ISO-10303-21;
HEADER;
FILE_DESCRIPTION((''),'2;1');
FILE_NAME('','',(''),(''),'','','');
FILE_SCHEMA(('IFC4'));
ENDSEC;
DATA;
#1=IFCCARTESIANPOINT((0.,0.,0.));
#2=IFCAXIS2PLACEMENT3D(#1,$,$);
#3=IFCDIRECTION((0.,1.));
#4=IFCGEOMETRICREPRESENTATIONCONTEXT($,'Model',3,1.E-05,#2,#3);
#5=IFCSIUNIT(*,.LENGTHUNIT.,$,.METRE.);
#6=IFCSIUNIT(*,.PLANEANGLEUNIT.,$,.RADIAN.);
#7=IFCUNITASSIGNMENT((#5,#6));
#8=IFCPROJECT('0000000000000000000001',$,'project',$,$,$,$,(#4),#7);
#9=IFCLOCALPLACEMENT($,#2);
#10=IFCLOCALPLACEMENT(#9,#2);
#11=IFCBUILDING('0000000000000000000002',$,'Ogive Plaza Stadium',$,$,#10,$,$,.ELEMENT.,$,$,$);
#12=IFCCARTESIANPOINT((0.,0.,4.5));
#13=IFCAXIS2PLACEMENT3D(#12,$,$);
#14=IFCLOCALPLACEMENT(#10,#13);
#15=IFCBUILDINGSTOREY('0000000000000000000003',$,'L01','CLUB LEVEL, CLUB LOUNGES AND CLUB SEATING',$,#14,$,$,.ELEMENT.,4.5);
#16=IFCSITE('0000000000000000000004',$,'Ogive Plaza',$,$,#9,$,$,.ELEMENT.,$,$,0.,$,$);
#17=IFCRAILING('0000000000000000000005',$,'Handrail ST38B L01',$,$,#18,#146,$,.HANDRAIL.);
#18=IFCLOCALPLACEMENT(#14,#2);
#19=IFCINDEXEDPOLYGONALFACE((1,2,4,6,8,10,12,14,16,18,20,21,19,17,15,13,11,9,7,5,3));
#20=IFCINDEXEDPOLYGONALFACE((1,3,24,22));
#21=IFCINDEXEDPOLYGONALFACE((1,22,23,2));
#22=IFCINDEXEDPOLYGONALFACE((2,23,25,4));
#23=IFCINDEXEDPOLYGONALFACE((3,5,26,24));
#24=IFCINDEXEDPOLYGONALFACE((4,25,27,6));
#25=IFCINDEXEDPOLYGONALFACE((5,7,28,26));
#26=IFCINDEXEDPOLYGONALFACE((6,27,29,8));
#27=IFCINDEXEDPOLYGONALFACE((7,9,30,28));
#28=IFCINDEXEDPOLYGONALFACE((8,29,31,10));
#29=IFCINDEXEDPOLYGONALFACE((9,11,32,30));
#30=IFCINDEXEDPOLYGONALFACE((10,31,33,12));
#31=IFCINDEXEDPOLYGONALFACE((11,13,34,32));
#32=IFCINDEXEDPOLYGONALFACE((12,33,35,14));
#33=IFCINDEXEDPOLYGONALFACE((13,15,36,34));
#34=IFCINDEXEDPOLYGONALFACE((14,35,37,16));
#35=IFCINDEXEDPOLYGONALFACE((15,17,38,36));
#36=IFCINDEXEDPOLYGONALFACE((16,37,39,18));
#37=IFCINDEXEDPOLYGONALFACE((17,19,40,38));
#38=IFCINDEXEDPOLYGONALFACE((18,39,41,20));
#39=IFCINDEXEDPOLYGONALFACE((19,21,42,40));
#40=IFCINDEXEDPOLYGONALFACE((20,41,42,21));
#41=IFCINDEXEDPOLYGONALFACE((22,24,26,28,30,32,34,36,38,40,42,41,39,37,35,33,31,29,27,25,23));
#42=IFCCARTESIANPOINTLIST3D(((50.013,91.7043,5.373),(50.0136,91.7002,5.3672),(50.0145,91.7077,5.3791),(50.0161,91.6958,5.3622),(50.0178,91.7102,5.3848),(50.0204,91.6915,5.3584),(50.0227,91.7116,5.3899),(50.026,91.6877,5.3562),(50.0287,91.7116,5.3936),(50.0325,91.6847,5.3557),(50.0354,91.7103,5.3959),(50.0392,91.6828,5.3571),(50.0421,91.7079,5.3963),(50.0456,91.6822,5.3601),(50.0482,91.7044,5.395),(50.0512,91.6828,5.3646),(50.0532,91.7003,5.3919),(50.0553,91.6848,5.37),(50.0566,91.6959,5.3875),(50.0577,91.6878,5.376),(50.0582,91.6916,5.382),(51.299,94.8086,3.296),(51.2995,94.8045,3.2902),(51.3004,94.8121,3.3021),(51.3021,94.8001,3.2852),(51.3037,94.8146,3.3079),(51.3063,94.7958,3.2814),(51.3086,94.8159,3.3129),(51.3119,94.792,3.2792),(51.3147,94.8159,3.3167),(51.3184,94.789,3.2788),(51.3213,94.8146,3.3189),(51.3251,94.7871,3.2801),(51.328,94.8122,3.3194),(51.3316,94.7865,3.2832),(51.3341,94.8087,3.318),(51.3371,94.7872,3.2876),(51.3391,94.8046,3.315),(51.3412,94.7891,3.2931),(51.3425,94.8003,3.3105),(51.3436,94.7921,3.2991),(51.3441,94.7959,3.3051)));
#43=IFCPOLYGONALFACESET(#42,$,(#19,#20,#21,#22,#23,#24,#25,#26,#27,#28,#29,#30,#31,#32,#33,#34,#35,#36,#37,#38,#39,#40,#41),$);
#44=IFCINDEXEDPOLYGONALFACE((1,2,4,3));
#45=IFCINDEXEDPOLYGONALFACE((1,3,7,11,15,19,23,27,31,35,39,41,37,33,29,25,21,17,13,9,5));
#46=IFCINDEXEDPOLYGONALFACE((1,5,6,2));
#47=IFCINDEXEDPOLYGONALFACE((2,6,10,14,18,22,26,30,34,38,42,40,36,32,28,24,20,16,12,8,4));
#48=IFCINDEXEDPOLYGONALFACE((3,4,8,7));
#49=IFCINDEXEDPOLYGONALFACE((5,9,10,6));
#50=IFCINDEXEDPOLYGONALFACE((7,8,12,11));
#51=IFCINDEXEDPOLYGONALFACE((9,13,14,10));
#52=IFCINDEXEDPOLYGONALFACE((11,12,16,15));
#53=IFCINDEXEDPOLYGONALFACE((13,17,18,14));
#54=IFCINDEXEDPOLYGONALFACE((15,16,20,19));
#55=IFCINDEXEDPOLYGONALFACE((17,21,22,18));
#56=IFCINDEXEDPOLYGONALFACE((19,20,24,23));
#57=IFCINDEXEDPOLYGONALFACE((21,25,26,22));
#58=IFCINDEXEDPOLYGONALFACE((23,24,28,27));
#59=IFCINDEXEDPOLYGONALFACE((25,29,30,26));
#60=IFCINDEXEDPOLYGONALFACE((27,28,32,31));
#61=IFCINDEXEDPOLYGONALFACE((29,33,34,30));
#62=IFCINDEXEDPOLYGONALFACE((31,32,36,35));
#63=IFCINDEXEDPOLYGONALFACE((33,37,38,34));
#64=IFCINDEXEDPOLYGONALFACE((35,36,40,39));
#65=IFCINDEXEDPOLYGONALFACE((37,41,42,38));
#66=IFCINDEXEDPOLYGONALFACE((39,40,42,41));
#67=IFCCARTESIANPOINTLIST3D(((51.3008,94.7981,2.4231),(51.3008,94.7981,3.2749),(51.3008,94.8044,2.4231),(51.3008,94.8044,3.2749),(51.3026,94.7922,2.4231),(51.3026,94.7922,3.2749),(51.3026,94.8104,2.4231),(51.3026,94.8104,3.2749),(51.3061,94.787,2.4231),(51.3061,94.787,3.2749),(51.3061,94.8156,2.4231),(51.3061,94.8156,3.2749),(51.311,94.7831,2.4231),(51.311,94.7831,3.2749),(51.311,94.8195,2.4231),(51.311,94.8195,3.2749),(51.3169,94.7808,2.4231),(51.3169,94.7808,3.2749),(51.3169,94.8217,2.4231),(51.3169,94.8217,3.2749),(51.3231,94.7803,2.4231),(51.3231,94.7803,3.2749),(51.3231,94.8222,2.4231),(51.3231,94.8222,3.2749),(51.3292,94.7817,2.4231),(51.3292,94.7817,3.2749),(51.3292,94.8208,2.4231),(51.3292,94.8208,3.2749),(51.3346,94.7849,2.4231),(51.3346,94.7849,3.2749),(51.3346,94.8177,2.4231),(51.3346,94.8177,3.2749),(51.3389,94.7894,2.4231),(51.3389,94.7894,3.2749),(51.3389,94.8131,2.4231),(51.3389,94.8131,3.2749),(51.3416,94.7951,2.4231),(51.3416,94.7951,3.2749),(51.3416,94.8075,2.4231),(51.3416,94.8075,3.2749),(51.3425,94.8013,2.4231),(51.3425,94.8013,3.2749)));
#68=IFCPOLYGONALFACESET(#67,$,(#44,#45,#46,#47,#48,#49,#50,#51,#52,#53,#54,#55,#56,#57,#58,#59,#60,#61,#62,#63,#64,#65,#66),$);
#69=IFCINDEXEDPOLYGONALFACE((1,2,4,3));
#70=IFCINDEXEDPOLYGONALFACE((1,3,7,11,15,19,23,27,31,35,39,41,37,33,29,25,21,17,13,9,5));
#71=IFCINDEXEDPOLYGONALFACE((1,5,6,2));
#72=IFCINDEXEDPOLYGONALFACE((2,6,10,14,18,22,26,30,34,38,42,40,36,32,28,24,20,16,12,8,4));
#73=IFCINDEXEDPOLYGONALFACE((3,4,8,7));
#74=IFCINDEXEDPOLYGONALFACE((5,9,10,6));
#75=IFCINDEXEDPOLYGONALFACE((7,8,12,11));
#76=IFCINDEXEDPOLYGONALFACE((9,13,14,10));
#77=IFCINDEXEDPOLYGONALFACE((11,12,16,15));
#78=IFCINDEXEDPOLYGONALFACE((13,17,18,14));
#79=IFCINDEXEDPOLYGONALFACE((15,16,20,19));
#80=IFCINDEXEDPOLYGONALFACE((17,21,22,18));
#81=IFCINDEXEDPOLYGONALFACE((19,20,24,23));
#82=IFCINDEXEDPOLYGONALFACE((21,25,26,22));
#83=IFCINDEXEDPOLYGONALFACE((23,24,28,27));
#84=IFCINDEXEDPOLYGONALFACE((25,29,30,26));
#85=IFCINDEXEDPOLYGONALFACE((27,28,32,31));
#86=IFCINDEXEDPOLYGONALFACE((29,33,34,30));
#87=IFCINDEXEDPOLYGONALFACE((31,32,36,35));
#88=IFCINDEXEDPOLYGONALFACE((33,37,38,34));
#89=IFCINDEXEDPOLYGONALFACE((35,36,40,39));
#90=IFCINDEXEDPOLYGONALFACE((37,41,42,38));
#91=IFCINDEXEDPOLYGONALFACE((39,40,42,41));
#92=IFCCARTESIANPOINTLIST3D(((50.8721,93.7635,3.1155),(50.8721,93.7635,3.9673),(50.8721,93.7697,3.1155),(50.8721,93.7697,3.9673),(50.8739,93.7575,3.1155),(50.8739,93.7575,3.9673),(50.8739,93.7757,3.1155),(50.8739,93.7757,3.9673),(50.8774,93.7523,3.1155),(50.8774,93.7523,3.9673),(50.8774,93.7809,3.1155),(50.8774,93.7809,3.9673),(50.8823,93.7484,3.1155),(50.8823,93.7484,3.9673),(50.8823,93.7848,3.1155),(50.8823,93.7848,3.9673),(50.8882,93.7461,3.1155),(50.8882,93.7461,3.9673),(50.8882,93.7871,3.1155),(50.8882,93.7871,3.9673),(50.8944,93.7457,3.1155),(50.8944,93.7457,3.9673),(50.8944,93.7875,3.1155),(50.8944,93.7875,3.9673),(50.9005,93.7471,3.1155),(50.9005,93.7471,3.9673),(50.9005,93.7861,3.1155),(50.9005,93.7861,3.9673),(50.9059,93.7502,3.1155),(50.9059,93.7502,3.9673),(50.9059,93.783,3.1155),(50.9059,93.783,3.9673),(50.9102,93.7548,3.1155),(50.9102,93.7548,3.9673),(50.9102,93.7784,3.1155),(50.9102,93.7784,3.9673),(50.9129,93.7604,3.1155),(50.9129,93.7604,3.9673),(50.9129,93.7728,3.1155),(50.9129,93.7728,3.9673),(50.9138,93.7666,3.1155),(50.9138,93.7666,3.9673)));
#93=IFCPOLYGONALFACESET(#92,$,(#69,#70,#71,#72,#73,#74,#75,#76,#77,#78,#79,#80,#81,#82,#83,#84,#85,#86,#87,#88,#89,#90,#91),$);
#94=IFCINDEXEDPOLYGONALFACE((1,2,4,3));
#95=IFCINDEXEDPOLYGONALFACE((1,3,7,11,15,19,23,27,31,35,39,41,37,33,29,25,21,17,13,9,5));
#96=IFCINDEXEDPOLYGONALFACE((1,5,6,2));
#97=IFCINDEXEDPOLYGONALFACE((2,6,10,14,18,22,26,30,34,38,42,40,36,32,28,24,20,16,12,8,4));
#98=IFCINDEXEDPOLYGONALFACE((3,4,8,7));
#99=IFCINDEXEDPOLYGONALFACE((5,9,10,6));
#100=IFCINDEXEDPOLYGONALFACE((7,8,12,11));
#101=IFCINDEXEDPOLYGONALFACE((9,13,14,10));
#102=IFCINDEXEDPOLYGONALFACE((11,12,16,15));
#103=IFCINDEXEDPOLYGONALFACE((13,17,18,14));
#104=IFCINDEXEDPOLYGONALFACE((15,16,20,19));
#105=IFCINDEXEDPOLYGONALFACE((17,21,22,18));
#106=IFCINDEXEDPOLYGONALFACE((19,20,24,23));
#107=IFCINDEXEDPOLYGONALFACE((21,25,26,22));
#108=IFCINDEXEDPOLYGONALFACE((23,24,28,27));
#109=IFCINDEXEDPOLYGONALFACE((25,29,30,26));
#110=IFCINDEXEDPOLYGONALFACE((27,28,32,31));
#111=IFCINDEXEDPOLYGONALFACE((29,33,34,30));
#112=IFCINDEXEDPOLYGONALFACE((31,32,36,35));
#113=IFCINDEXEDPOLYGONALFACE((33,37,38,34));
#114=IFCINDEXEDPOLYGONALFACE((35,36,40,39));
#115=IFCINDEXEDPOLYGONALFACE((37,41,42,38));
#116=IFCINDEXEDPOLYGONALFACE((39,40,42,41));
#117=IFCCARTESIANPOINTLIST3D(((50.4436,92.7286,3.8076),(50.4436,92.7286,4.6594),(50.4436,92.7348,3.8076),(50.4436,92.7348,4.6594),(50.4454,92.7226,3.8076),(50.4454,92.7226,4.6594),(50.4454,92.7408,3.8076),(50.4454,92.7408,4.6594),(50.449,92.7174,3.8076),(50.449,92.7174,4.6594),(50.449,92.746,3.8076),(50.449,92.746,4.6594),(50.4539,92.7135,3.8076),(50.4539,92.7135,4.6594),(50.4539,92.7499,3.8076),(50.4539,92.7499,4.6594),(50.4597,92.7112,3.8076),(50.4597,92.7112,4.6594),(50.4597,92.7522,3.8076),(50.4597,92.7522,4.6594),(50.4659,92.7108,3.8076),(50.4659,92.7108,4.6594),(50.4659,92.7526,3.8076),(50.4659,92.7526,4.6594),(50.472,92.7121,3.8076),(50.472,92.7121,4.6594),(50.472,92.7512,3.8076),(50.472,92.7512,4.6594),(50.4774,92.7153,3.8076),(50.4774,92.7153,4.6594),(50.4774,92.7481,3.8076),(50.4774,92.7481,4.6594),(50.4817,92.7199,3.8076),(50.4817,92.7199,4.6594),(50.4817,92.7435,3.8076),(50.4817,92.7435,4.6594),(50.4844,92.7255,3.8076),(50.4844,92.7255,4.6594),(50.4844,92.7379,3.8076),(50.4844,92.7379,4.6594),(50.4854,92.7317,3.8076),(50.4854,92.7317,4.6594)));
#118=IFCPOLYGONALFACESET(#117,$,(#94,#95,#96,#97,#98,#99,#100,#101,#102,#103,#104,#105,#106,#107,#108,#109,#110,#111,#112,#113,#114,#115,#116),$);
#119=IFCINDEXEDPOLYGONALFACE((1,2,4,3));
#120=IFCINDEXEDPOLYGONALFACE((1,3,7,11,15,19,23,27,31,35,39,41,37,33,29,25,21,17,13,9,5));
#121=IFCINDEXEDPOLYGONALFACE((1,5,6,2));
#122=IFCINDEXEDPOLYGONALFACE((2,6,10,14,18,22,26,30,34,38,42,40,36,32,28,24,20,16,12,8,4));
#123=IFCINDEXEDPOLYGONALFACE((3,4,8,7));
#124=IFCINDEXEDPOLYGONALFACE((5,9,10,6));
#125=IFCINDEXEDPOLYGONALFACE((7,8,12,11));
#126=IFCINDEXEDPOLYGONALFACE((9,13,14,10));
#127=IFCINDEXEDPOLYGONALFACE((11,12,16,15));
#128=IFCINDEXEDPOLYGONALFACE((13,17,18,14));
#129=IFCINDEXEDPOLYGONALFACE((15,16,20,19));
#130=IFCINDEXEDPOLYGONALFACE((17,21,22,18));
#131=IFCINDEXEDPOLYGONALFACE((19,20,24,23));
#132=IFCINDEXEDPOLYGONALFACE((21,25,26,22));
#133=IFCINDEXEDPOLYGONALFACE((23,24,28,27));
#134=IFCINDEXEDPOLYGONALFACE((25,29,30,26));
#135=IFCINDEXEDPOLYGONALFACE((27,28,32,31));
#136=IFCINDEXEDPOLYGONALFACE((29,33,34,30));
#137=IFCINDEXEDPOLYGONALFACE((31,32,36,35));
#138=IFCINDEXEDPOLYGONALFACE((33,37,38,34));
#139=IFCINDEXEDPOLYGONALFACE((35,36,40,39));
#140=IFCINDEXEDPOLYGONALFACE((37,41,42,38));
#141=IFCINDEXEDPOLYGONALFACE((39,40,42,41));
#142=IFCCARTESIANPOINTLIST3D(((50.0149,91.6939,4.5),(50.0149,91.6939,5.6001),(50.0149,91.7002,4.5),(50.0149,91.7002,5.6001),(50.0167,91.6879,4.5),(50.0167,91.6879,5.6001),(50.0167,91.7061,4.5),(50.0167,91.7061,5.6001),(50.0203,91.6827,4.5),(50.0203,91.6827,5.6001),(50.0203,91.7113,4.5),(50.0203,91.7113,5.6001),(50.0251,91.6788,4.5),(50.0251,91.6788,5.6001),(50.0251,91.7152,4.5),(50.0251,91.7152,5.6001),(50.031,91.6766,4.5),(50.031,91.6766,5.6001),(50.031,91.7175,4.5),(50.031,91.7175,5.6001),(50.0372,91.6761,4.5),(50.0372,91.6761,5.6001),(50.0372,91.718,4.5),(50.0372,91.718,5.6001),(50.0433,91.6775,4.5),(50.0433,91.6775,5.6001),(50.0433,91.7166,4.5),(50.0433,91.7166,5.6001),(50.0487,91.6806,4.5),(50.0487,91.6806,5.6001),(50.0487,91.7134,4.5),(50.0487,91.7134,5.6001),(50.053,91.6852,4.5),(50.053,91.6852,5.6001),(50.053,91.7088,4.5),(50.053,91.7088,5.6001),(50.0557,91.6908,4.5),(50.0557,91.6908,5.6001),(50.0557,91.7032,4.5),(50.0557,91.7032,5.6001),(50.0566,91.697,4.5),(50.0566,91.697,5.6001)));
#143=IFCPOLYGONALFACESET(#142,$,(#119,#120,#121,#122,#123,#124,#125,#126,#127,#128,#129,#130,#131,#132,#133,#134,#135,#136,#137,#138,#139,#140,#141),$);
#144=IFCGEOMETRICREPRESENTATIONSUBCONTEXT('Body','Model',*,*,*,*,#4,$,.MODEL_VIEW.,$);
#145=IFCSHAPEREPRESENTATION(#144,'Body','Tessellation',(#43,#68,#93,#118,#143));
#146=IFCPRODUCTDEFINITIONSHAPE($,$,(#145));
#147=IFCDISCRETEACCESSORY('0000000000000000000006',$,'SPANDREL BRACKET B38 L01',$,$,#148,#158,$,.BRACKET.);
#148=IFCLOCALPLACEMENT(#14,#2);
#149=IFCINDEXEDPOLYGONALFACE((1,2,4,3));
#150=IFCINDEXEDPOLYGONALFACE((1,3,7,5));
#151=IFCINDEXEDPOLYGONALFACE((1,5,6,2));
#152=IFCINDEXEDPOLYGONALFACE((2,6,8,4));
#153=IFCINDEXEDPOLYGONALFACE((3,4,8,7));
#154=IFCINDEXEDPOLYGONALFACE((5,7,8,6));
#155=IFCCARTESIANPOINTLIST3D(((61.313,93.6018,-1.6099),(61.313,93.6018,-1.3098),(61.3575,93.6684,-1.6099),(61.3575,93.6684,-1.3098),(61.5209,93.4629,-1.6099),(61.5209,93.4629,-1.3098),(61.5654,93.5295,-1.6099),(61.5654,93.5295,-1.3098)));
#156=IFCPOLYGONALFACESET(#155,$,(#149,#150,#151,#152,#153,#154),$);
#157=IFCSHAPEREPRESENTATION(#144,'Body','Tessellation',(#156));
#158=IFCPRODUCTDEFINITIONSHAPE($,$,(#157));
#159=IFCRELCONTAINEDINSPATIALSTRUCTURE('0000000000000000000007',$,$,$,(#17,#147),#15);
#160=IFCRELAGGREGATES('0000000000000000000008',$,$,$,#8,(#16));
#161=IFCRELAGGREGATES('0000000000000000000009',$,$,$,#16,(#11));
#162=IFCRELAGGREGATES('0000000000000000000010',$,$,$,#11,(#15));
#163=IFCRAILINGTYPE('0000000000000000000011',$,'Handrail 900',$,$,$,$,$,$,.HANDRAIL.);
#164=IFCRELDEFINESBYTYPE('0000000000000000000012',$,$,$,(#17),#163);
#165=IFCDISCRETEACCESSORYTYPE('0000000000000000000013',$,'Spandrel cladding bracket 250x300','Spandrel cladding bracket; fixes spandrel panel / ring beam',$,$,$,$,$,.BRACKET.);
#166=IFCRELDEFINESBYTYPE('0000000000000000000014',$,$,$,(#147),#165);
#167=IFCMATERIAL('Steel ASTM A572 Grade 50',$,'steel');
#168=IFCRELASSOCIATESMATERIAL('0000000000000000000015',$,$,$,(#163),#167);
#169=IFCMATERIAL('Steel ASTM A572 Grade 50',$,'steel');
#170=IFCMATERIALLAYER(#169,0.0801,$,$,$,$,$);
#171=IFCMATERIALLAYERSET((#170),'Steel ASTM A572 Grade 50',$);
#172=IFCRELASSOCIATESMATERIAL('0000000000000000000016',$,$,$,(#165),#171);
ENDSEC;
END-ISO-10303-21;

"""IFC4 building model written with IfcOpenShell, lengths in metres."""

from ifc_helpers import new_model, si_unit, direction, frame, origin, origin_2d, place, context, subcontext, project, spatial, rectangle, circle, extrude, material, layer, layer_set, type_object, element, save


model = new_model("IFC4")

# Units and contexts
model_context = context("Model", 3, precision=1e-05, world=origin(), true_north=direction((0.0, 1.0)))
body_context = subcontext(model_context, "Body", "Model", "MODEL_VIEW")
ifc_project = project(units=[si_unit("LENGTHUNIT", "METRE"), si_unit("PLANEANGLEUNIT", "RADIAN")], contexts=[model_context])

# Site, building, storey
site_placement = place(None, origin())
site = spatial("IfcSite", under=ifc_project, at=site_placement, Name="Ogive Plaza", CompositionType="ELEMENT", RefElevation=0.0)
building_placement = place(site_placement, origin())
building = spatial("IfcBuilding", under=site, at=building_placement, Name="Ogive Plaza Stadium", CompositionType="ELEMENT")
storey_placement = place(building_placement, frame((0.0, 0.0, 4.5)))
storey = spatial("IfcBuildingStorey", under=building, at=storey_placement, Name="L01", Description="CLUB LEVEL, CLUB LOUNGES AND CLUB SEATING", CompositionType="ELEMENT", Elevation=4.5)

# Railing
ifc_material_1 = material(Name="Steel ASTM A572 Grade 50", Category="steel")
railing_type_1 = type_object("IfcRailingType", Name="Handrail 900", PredefinedType="HANDRAIL", material=ifc_material_1)
for number, where, name in (
    (1, (51.3215, 94.8013, 2.4231), "Handrail ST38B L01"),
):
    element("IfcRailing", number, at=place(storey_placement, frame(where)), inside=storey, type_object=railing_type_1, Name=name, PredefinedType="HANDRAIL", context=body_context, shape_type="SweptSolid", body=[
        extrude(circle(Radius=0.0239, at=origin_2d()), frame((0.0, 0.0, 0.876), z_axis=(-0.325532, -0.785863, 0.525783), x_axis=(0.923872, -0.3827, 0.0)), (0.0, 0.0, 1.0), 3.9502),
        extrude(circle(Radius=0.021, at=origin_2d()), origin(), (0.0, 0.0, 1.0), 0.8518),
        extrude(circle(Radius=0.021, at=origin_2d()), frame((-0.4287, -1.0347, 0.6924)), (0.0, 0.0, 1.0), 0.8518),
        extrude(circle(Radius=0.021, at=origin_2d()), frame((-0.8572, -2.0696, 1.3845)), (0.0, 0.0, 1.0), 0.8518),
        extrude(circle(Radius=0.021, at=origin_2d()), frame((-1.2859, -3.1042, 2.0769)), (0.0, 0.0, 1.0), 1.1001),
    ])

# Discrete accessory
ifc_material_2 = material(Name="Steel ASTM A572 Grade 50", Category="steel")
ifc_layer_1 = layer(ifc_material_2, 0.0801)
ifc_layer_set_1 = layer_set([ifc_layer_1], Name="Steel ASTM A572 Grade 50")
discrete_accessory_type = type_object("IfcDiscreteAccessoryType", Name="Spandrel cladding bracket 250x300", Description="Spandrel cladding bracket; fixes spandrel panel / ring beam", PredefinedType="BRACKET", material=ifc_layer_set_1)
discrete_accessory_placement = place(storey_placement, frame((61.4392, 93.5657, -1.6099), z_axis=(0.0, 0.0, 1.0), x_axis=(0.83147, -0.55557, 0.0)))
element("IfcDiscreteAccessory", 2, at=discrete_accessory_placement, inside=storey, type_object=discrete_accessory_type, Name="SPANDREL BRACKET B38 L01", PredefinedType="BRACKET", context=body_context, shape_type="SweptSolid", body=[
    extrude(rectangle(XDim=0.25, YDim=0.0801, at=origin_2d()), origin(), (0.0, 0.0, 1.0), 0.3),
])

save(model, "model.ifc")
